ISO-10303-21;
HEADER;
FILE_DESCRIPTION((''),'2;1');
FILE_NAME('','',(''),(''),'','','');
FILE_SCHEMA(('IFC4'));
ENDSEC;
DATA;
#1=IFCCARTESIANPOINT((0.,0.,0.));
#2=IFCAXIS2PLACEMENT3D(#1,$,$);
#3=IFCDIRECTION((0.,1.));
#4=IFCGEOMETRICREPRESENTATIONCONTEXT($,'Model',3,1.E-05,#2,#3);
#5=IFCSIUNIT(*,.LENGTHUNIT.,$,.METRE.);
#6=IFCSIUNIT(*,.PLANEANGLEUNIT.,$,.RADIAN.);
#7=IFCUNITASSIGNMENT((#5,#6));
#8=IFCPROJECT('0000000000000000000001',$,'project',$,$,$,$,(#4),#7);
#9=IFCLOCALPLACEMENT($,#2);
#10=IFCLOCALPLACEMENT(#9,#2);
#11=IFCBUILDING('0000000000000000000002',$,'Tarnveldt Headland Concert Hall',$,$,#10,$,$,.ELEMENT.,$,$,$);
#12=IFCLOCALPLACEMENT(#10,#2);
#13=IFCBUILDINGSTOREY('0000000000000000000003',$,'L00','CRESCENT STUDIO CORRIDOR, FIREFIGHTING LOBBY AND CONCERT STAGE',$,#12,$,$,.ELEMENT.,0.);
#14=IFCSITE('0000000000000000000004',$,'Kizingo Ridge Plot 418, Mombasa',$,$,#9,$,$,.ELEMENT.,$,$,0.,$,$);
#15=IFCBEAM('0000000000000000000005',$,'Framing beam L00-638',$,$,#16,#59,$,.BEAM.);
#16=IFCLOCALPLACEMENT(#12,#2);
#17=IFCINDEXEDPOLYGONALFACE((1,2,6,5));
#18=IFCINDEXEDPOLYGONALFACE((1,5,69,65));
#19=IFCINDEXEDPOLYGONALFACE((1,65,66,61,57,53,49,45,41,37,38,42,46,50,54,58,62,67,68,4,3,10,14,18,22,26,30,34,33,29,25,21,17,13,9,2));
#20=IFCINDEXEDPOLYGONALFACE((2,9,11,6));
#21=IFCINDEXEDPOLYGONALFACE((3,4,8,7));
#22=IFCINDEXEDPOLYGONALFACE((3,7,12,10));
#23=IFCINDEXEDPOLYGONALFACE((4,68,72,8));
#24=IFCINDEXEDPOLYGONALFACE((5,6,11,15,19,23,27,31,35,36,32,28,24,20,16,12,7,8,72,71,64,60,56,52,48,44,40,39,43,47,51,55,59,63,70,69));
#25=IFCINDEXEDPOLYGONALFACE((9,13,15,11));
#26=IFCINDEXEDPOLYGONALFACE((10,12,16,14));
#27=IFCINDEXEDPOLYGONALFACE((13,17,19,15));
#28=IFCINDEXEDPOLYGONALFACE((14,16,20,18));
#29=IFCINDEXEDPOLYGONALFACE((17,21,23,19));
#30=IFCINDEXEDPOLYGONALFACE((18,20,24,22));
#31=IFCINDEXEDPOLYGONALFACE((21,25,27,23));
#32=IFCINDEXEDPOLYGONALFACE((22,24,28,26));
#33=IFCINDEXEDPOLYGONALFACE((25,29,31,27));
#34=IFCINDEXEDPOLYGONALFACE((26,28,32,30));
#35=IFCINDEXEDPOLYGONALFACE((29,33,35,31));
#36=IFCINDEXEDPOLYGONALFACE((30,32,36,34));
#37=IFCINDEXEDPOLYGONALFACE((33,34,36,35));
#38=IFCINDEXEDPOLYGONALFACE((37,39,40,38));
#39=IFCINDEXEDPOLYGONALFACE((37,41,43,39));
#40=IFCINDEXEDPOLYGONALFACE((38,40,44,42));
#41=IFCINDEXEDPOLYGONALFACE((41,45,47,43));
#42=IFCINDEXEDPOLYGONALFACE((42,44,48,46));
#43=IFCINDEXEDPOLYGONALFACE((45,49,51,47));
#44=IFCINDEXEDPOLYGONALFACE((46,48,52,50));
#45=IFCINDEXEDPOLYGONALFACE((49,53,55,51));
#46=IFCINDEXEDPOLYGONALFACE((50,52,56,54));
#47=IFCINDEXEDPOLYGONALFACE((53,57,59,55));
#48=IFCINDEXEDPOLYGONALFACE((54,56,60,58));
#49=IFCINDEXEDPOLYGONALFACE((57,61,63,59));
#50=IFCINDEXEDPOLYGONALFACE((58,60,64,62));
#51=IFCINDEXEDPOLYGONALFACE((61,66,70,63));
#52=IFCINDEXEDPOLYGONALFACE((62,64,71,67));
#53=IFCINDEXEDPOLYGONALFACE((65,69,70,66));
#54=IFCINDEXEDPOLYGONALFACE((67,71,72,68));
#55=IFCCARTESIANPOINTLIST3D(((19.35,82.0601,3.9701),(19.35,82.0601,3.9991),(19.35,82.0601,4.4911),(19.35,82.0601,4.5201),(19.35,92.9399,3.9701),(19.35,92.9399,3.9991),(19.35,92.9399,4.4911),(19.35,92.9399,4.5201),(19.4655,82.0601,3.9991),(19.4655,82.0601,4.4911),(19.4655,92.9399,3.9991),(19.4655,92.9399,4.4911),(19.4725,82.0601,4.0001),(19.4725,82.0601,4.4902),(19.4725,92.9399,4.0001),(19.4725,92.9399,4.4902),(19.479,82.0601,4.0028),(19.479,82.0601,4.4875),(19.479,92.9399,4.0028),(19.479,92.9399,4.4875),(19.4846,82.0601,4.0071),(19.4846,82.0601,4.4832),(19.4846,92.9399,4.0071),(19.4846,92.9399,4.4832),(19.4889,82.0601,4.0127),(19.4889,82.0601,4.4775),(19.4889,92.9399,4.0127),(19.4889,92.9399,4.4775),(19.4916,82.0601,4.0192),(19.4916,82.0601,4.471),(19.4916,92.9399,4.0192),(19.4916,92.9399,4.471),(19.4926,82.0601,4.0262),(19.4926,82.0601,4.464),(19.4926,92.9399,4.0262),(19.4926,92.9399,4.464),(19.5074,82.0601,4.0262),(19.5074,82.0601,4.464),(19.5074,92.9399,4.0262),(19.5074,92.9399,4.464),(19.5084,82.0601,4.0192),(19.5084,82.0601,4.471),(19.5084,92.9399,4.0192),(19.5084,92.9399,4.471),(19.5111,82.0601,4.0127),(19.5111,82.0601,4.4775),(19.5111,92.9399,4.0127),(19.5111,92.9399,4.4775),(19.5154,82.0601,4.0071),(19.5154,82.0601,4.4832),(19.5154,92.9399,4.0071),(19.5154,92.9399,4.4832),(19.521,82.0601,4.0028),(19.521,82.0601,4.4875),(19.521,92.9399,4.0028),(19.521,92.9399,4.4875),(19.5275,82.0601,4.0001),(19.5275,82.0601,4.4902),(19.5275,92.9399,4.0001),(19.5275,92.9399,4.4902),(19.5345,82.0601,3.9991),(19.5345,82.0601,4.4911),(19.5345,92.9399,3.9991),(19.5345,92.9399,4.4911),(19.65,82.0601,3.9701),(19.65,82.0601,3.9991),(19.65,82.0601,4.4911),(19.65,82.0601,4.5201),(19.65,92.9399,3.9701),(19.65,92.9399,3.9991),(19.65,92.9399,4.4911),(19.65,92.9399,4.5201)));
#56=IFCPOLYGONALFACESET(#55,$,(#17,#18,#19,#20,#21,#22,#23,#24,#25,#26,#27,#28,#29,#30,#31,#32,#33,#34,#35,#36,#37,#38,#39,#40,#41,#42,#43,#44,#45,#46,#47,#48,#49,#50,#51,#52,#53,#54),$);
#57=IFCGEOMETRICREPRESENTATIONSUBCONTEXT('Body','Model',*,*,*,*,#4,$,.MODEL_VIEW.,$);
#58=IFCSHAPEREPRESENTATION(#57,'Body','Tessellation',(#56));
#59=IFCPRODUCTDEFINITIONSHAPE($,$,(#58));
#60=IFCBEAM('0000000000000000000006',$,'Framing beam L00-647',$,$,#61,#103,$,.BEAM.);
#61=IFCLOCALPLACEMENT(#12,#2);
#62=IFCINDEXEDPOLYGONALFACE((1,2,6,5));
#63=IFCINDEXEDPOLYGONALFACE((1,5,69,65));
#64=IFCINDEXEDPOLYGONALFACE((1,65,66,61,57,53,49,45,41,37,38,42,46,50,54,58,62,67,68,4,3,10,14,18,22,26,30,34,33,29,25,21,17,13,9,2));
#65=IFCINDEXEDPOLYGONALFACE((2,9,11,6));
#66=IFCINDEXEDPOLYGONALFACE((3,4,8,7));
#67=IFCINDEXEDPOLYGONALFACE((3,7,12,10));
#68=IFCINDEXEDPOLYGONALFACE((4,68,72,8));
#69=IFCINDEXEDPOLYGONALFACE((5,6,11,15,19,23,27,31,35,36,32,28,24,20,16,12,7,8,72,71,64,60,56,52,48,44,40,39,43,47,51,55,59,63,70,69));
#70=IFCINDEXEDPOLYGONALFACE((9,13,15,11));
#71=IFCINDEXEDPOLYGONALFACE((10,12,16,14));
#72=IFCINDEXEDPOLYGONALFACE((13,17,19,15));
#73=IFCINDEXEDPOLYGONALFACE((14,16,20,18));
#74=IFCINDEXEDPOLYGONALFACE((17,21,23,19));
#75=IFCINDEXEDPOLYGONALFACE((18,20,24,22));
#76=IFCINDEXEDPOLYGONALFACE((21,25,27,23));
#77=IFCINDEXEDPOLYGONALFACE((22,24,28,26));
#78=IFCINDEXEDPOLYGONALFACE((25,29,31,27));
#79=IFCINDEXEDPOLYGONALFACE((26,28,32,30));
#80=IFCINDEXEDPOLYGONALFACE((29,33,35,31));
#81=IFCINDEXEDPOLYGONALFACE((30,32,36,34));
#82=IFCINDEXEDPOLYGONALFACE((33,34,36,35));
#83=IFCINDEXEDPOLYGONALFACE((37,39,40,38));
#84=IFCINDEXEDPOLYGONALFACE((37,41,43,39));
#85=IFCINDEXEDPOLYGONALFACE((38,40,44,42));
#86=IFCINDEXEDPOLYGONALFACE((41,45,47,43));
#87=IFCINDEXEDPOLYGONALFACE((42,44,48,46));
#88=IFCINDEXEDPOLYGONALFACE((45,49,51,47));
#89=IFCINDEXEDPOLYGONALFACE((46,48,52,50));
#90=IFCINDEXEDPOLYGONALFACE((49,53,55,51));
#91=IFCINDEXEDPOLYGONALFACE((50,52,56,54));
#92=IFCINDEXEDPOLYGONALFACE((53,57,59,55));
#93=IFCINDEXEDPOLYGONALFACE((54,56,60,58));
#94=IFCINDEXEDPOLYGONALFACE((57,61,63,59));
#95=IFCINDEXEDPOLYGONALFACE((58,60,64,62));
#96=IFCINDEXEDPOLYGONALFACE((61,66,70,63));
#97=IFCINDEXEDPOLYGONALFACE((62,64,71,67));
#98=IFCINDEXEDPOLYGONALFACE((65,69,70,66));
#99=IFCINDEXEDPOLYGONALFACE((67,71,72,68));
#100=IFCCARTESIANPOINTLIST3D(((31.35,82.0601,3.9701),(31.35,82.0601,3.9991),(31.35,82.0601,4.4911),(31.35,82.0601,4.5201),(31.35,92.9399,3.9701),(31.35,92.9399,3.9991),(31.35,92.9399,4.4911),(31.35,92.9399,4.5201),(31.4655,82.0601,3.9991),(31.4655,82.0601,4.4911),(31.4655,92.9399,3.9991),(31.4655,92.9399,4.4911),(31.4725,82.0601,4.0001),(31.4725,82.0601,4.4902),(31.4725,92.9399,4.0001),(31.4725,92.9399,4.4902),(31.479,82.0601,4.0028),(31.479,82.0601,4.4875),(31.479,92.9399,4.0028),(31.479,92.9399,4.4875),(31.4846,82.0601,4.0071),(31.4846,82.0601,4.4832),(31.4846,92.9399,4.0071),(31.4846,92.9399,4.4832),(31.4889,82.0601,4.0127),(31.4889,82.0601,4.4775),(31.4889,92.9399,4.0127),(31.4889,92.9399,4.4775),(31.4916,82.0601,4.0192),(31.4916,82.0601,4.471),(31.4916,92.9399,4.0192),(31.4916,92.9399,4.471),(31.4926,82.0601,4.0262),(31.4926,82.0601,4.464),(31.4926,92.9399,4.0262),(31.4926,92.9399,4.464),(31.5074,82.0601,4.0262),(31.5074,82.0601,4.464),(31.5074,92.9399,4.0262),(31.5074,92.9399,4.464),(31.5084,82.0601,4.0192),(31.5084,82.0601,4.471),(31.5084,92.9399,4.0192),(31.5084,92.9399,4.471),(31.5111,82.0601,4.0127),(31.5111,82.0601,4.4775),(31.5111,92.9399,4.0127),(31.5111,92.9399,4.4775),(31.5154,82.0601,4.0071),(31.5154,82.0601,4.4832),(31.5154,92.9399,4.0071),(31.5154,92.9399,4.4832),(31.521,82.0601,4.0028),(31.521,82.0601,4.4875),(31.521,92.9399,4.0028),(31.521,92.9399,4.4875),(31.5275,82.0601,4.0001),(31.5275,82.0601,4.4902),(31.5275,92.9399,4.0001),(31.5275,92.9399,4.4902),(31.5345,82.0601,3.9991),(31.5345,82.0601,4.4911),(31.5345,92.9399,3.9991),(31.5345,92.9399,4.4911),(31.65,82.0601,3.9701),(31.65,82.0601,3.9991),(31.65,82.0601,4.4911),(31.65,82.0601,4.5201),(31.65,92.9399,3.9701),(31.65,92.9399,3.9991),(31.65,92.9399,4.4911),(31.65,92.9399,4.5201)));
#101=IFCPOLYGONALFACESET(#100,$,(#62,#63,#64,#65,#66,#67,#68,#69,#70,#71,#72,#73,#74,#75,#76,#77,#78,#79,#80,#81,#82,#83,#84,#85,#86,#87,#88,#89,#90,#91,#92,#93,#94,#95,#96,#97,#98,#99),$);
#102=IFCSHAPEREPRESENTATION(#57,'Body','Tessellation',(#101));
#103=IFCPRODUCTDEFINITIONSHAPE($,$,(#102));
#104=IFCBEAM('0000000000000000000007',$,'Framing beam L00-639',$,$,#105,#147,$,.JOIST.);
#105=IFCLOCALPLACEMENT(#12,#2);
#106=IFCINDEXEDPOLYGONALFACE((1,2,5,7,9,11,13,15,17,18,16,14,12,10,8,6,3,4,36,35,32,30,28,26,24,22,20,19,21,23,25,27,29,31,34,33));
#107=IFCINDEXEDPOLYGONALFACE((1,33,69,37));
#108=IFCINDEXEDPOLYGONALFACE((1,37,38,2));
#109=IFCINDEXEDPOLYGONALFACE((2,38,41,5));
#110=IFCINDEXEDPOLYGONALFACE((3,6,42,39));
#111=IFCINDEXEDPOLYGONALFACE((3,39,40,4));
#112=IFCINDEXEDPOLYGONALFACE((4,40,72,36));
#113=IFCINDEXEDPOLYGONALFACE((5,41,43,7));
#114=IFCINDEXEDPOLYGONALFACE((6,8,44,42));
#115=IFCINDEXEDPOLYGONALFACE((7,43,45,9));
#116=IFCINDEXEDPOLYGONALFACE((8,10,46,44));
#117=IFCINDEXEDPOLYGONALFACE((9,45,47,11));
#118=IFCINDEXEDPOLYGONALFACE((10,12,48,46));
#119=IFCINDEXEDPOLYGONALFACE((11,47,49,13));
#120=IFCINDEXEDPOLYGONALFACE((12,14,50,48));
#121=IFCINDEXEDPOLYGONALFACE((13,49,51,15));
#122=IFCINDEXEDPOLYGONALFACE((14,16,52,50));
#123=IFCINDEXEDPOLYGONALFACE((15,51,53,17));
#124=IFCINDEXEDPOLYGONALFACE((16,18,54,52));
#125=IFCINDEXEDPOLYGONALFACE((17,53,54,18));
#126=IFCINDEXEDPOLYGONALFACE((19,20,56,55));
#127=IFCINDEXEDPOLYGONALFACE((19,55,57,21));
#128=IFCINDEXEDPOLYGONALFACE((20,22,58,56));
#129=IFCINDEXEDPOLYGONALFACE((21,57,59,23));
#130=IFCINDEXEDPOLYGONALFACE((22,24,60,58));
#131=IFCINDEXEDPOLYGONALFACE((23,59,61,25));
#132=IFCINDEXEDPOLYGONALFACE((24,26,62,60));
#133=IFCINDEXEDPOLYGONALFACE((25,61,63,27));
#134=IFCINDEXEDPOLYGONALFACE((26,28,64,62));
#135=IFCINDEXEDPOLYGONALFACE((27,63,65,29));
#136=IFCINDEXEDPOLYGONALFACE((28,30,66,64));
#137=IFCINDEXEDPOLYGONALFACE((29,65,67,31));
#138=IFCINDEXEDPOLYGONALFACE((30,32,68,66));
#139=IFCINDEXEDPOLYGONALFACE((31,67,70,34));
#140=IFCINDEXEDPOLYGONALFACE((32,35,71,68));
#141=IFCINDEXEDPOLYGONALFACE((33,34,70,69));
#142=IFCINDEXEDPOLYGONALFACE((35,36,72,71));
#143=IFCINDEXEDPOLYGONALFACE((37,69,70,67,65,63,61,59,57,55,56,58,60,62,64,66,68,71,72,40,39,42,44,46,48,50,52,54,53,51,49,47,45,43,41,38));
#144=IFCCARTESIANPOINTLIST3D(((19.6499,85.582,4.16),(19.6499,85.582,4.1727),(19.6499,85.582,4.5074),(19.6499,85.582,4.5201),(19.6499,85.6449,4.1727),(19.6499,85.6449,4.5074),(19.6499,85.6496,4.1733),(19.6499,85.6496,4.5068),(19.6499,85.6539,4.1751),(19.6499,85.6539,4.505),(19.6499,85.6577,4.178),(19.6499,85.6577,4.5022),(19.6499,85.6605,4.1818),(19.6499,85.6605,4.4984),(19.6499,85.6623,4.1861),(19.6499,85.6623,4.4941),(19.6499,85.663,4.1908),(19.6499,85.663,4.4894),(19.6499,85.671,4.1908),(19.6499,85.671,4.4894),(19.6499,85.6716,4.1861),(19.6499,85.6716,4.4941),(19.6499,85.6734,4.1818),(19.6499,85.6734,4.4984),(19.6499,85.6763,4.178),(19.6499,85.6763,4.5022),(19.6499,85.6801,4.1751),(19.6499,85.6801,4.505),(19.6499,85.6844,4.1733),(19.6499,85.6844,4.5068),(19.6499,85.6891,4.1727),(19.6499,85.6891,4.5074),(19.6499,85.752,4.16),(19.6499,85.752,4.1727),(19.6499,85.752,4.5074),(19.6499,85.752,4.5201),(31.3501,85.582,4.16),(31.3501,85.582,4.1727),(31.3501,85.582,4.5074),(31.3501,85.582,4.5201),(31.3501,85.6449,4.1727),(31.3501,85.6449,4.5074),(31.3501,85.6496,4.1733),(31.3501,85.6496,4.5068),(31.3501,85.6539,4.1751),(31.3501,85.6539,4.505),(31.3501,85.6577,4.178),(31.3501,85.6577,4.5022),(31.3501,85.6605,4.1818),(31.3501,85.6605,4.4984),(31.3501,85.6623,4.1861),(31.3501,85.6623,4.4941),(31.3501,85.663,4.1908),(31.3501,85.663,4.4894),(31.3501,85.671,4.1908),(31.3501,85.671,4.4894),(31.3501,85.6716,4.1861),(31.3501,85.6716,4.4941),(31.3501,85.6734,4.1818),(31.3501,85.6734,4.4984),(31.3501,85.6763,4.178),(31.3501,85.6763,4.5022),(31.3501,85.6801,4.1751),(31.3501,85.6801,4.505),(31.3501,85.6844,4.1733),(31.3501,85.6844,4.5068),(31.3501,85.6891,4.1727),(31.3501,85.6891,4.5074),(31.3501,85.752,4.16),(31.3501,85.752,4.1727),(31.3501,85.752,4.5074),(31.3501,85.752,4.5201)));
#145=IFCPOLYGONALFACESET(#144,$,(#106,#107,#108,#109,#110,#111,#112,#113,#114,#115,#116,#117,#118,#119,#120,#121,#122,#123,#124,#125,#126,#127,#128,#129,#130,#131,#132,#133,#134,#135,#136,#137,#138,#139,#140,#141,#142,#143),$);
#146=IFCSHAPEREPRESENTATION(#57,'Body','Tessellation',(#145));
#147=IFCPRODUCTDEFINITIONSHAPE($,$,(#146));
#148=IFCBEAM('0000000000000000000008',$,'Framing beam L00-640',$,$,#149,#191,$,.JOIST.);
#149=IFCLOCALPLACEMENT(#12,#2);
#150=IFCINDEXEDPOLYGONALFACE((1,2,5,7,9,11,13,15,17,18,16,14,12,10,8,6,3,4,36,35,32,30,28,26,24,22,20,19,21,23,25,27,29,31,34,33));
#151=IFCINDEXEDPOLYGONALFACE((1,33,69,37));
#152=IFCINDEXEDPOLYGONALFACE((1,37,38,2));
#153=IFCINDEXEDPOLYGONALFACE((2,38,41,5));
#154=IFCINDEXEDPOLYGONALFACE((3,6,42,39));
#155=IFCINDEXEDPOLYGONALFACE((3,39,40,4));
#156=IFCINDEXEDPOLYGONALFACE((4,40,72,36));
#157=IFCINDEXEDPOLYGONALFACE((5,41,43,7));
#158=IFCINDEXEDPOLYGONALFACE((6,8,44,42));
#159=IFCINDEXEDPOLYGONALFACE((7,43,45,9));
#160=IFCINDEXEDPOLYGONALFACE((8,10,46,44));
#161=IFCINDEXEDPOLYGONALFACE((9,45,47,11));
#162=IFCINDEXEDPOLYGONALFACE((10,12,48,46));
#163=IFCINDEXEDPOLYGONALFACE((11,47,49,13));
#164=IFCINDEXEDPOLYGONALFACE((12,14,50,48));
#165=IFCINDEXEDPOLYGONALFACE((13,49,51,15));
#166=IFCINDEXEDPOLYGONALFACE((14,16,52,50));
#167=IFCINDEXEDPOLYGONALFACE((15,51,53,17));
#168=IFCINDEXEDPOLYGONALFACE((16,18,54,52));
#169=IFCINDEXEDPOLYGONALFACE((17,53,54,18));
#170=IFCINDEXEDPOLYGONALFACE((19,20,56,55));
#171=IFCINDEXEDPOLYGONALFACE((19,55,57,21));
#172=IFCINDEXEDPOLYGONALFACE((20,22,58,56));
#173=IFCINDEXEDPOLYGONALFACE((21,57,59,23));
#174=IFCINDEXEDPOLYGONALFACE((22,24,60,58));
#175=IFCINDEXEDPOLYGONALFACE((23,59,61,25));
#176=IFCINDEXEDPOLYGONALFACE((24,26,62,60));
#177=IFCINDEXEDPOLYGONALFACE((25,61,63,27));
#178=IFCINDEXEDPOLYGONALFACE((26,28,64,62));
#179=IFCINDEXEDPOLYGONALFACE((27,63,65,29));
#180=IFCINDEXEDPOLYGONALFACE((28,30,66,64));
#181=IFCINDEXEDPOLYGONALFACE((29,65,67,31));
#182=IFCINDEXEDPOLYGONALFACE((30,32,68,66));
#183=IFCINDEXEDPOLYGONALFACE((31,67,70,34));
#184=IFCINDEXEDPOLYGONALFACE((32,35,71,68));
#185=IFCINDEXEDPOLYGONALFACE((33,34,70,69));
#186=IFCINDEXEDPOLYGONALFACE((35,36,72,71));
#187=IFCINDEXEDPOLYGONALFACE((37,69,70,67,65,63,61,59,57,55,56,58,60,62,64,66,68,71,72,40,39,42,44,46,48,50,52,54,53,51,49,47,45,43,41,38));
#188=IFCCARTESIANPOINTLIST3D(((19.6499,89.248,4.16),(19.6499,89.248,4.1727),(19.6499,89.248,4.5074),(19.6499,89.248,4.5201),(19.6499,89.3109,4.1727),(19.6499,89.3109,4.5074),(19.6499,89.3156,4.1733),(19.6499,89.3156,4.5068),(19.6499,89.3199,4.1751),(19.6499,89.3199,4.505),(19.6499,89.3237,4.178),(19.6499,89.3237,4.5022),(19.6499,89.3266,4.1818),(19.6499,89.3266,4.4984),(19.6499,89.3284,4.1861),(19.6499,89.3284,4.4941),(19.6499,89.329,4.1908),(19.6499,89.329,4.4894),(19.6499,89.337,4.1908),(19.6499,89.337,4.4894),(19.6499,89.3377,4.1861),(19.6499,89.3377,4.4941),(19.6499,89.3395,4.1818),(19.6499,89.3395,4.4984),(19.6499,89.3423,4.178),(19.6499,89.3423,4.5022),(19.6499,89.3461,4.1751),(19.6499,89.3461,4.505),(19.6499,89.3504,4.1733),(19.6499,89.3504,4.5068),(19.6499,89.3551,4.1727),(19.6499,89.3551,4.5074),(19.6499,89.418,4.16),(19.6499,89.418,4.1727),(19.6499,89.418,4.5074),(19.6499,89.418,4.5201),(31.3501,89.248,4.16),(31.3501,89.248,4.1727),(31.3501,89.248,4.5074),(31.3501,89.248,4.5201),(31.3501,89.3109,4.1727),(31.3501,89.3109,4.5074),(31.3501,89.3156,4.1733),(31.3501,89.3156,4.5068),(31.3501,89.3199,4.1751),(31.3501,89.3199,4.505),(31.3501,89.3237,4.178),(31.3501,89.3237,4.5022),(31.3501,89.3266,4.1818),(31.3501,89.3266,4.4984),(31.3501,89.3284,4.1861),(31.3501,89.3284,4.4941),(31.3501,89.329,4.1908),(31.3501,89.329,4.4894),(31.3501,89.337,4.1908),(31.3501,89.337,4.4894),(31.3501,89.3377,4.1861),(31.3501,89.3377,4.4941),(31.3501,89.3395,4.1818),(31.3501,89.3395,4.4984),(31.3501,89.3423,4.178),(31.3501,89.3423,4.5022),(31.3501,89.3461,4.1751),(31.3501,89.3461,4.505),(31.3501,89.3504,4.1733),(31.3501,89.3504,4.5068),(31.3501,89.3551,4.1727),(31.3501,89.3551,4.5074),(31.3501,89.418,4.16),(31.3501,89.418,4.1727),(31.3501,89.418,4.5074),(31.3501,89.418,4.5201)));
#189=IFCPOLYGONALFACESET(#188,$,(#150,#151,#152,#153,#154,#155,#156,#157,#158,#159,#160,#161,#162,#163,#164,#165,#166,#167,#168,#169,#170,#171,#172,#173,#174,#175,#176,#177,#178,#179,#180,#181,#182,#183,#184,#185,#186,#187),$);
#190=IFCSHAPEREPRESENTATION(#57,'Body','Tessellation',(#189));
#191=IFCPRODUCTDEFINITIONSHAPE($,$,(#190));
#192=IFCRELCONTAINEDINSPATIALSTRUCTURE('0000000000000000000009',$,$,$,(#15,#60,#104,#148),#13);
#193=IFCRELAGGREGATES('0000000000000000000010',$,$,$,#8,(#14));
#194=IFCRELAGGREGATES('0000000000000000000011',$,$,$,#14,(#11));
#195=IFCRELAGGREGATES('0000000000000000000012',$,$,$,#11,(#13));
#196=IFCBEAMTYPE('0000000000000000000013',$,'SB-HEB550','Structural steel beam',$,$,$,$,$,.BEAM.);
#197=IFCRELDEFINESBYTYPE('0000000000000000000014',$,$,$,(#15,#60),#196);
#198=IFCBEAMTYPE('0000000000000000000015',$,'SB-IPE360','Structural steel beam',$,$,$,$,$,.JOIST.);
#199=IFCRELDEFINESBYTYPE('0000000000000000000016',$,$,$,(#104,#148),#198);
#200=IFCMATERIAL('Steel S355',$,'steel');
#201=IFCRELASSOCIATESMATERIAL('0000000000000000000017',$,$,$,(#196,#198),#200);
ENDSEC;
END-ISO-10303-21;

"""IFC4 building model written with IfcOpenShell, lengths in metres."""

from ifc_helpers import new_model, si_unit, direction, frame, origin, origin_2d, place, context, subcontext, project, spatial, i_section, extrude, material, material_profile, profile_set, type_object, element, save


model = new_model("IFC4")

# Units and contexts
model_context = context("Model", 3, precision=1e-05, world=origin(), true_north=direction((0.0, 1.0)))
body_context = subcontext(model_context, "Body", "Model", "MODEL_VIEW")
ifc_project = project(units=[si_unit("LENGTHUNIT", "METRE"), si_unit("PLANEANGLEUNIT", "RADIAN")], contexts=[model_context])

# Site, building, storey
site_placement = place(None, origin())
site = spatial("IfcSite", under=ifc_project, at=site_placement, Name="Kizingo Ridge Plot 418, Mombasa", CompositionType="ELEMENT", RefElevation=0.0)
building_placement = place(site_placement, origin())
building = spatial("IfcBuilding", under=site, at=building_placement, Name="Tarnveldt Headland Concert Hall", CompositionType="ELEMENT")
storey_placement = place(building_placement, origin())
storey = spatial("IfcBuildingStorey", under=building, at=storey_placement, Name="L00", Description="CRESCENT STUDIO CORRIDOR, FIREFIGHTING LOBBY AND CONCERT STAGE", CompositionType="ELEMENT", Elevation=0.0)

# Beams
ifc_material_1 = material(Name="Steel S355", Category="steel")
ifc_material_profile_1 = material_profile(ifc_material_1, i_section(OverallWidth=0.3, OverallDepth=0.55, WebThickness=0.0149, FlangeThickness=0.0291, FilletRadius=0.0271, at=origin_2d()), Name="HEB550", Category="steel")
ifc_profile_set_1 = profile_set([ifc_material_profile_1], Name="Steel S355")
beam_type_1 = type_object("IfcBeamType", Name="SB-HEB550", Description="Structural steel beam", PredefinedType="BEAM", material=ifc_profile_set_1)
for number, where, z_axis, x_axis, name in (
    (1, (19.5, 82.0601, 4.2451), (0.0, 1.0, 0.0), (-1.0, 0.0, 0.0), "Framing beam L00-638"),
    (2, (31.5, 82.0601, 4.2451), (0.0, 1.0, 0.0), (-1.0, 0.0, 0.0), "Framing beam L00-647"),
):
    element("IfcBeam", number, at=place(storey_placement, frame(where, z_axis=z_axis, x_axis=x_axis)), inside=storey, type_object=beam_type_1, Name=name, PredefinedType="BEAM", context=body_context, shape_type="SweptSolid", body=[
        extrude(i_section(OverallWidth=0.3, OverallDepth=0.55, WebThickness=0.0149, FlangeThickness=0.0291, FilletRadius=0.0271, at=origin_2d()), origin(), (0.0, 0.0, 1.0), 10.8799),
    ])
ifc_material_profile_2 = material_profile(ifc_material_1, i_section(OverallWidth=0.1699, OverallDepth=0.3601, WebThickness=0.0081, FlangeThickness=0.0127, FilletRadius=0.0181, at=origin_2d()), Name="IPE360", Category="steel")
ifc_profile_set_2 = profile_set([ifc_material_profile_2], Name="Steel S355")
beam_type_2 = type_object("IfcBeamType", Name="SB-IPE360", Description="Structural steel beam", PredefinedType="JOIST", material=ifc_profile_set_2)
for number, where, z_axis, x_axis, name in (
    (3, (19.6499, 85.667, 4.3401), (1.0, 0.0, 0.0), (0.0, 1.0, 0.0), "Framing beam L00-639"),
    (4, (19.6499, 89.333, 4.3401), (1.0, 0.0, 0.0), (0.0, 1.0, 0.0), "Framing beam L00-640"),
):
    element("IfcBeam", number, at=place(storey_placement, frame(where, z_axis=z_axis, x_axis=x_axis)), inside=storey, type_object=beam_type_2, Name=name, PredefinedType="JOIST", context=body_context, shape_type="SweptSolid", body=[
        extrude(i_section(OverallWidth=0.1699, OverallDepth=0.3601, WebThickness=0.0081, FlangeThickness=0.0127, FilletRadius=0.0181, at=origin_2d()), origin(), (0.0, 0.0, 1.0), 11.7002),
    ])

save(model, "model.ifc")
